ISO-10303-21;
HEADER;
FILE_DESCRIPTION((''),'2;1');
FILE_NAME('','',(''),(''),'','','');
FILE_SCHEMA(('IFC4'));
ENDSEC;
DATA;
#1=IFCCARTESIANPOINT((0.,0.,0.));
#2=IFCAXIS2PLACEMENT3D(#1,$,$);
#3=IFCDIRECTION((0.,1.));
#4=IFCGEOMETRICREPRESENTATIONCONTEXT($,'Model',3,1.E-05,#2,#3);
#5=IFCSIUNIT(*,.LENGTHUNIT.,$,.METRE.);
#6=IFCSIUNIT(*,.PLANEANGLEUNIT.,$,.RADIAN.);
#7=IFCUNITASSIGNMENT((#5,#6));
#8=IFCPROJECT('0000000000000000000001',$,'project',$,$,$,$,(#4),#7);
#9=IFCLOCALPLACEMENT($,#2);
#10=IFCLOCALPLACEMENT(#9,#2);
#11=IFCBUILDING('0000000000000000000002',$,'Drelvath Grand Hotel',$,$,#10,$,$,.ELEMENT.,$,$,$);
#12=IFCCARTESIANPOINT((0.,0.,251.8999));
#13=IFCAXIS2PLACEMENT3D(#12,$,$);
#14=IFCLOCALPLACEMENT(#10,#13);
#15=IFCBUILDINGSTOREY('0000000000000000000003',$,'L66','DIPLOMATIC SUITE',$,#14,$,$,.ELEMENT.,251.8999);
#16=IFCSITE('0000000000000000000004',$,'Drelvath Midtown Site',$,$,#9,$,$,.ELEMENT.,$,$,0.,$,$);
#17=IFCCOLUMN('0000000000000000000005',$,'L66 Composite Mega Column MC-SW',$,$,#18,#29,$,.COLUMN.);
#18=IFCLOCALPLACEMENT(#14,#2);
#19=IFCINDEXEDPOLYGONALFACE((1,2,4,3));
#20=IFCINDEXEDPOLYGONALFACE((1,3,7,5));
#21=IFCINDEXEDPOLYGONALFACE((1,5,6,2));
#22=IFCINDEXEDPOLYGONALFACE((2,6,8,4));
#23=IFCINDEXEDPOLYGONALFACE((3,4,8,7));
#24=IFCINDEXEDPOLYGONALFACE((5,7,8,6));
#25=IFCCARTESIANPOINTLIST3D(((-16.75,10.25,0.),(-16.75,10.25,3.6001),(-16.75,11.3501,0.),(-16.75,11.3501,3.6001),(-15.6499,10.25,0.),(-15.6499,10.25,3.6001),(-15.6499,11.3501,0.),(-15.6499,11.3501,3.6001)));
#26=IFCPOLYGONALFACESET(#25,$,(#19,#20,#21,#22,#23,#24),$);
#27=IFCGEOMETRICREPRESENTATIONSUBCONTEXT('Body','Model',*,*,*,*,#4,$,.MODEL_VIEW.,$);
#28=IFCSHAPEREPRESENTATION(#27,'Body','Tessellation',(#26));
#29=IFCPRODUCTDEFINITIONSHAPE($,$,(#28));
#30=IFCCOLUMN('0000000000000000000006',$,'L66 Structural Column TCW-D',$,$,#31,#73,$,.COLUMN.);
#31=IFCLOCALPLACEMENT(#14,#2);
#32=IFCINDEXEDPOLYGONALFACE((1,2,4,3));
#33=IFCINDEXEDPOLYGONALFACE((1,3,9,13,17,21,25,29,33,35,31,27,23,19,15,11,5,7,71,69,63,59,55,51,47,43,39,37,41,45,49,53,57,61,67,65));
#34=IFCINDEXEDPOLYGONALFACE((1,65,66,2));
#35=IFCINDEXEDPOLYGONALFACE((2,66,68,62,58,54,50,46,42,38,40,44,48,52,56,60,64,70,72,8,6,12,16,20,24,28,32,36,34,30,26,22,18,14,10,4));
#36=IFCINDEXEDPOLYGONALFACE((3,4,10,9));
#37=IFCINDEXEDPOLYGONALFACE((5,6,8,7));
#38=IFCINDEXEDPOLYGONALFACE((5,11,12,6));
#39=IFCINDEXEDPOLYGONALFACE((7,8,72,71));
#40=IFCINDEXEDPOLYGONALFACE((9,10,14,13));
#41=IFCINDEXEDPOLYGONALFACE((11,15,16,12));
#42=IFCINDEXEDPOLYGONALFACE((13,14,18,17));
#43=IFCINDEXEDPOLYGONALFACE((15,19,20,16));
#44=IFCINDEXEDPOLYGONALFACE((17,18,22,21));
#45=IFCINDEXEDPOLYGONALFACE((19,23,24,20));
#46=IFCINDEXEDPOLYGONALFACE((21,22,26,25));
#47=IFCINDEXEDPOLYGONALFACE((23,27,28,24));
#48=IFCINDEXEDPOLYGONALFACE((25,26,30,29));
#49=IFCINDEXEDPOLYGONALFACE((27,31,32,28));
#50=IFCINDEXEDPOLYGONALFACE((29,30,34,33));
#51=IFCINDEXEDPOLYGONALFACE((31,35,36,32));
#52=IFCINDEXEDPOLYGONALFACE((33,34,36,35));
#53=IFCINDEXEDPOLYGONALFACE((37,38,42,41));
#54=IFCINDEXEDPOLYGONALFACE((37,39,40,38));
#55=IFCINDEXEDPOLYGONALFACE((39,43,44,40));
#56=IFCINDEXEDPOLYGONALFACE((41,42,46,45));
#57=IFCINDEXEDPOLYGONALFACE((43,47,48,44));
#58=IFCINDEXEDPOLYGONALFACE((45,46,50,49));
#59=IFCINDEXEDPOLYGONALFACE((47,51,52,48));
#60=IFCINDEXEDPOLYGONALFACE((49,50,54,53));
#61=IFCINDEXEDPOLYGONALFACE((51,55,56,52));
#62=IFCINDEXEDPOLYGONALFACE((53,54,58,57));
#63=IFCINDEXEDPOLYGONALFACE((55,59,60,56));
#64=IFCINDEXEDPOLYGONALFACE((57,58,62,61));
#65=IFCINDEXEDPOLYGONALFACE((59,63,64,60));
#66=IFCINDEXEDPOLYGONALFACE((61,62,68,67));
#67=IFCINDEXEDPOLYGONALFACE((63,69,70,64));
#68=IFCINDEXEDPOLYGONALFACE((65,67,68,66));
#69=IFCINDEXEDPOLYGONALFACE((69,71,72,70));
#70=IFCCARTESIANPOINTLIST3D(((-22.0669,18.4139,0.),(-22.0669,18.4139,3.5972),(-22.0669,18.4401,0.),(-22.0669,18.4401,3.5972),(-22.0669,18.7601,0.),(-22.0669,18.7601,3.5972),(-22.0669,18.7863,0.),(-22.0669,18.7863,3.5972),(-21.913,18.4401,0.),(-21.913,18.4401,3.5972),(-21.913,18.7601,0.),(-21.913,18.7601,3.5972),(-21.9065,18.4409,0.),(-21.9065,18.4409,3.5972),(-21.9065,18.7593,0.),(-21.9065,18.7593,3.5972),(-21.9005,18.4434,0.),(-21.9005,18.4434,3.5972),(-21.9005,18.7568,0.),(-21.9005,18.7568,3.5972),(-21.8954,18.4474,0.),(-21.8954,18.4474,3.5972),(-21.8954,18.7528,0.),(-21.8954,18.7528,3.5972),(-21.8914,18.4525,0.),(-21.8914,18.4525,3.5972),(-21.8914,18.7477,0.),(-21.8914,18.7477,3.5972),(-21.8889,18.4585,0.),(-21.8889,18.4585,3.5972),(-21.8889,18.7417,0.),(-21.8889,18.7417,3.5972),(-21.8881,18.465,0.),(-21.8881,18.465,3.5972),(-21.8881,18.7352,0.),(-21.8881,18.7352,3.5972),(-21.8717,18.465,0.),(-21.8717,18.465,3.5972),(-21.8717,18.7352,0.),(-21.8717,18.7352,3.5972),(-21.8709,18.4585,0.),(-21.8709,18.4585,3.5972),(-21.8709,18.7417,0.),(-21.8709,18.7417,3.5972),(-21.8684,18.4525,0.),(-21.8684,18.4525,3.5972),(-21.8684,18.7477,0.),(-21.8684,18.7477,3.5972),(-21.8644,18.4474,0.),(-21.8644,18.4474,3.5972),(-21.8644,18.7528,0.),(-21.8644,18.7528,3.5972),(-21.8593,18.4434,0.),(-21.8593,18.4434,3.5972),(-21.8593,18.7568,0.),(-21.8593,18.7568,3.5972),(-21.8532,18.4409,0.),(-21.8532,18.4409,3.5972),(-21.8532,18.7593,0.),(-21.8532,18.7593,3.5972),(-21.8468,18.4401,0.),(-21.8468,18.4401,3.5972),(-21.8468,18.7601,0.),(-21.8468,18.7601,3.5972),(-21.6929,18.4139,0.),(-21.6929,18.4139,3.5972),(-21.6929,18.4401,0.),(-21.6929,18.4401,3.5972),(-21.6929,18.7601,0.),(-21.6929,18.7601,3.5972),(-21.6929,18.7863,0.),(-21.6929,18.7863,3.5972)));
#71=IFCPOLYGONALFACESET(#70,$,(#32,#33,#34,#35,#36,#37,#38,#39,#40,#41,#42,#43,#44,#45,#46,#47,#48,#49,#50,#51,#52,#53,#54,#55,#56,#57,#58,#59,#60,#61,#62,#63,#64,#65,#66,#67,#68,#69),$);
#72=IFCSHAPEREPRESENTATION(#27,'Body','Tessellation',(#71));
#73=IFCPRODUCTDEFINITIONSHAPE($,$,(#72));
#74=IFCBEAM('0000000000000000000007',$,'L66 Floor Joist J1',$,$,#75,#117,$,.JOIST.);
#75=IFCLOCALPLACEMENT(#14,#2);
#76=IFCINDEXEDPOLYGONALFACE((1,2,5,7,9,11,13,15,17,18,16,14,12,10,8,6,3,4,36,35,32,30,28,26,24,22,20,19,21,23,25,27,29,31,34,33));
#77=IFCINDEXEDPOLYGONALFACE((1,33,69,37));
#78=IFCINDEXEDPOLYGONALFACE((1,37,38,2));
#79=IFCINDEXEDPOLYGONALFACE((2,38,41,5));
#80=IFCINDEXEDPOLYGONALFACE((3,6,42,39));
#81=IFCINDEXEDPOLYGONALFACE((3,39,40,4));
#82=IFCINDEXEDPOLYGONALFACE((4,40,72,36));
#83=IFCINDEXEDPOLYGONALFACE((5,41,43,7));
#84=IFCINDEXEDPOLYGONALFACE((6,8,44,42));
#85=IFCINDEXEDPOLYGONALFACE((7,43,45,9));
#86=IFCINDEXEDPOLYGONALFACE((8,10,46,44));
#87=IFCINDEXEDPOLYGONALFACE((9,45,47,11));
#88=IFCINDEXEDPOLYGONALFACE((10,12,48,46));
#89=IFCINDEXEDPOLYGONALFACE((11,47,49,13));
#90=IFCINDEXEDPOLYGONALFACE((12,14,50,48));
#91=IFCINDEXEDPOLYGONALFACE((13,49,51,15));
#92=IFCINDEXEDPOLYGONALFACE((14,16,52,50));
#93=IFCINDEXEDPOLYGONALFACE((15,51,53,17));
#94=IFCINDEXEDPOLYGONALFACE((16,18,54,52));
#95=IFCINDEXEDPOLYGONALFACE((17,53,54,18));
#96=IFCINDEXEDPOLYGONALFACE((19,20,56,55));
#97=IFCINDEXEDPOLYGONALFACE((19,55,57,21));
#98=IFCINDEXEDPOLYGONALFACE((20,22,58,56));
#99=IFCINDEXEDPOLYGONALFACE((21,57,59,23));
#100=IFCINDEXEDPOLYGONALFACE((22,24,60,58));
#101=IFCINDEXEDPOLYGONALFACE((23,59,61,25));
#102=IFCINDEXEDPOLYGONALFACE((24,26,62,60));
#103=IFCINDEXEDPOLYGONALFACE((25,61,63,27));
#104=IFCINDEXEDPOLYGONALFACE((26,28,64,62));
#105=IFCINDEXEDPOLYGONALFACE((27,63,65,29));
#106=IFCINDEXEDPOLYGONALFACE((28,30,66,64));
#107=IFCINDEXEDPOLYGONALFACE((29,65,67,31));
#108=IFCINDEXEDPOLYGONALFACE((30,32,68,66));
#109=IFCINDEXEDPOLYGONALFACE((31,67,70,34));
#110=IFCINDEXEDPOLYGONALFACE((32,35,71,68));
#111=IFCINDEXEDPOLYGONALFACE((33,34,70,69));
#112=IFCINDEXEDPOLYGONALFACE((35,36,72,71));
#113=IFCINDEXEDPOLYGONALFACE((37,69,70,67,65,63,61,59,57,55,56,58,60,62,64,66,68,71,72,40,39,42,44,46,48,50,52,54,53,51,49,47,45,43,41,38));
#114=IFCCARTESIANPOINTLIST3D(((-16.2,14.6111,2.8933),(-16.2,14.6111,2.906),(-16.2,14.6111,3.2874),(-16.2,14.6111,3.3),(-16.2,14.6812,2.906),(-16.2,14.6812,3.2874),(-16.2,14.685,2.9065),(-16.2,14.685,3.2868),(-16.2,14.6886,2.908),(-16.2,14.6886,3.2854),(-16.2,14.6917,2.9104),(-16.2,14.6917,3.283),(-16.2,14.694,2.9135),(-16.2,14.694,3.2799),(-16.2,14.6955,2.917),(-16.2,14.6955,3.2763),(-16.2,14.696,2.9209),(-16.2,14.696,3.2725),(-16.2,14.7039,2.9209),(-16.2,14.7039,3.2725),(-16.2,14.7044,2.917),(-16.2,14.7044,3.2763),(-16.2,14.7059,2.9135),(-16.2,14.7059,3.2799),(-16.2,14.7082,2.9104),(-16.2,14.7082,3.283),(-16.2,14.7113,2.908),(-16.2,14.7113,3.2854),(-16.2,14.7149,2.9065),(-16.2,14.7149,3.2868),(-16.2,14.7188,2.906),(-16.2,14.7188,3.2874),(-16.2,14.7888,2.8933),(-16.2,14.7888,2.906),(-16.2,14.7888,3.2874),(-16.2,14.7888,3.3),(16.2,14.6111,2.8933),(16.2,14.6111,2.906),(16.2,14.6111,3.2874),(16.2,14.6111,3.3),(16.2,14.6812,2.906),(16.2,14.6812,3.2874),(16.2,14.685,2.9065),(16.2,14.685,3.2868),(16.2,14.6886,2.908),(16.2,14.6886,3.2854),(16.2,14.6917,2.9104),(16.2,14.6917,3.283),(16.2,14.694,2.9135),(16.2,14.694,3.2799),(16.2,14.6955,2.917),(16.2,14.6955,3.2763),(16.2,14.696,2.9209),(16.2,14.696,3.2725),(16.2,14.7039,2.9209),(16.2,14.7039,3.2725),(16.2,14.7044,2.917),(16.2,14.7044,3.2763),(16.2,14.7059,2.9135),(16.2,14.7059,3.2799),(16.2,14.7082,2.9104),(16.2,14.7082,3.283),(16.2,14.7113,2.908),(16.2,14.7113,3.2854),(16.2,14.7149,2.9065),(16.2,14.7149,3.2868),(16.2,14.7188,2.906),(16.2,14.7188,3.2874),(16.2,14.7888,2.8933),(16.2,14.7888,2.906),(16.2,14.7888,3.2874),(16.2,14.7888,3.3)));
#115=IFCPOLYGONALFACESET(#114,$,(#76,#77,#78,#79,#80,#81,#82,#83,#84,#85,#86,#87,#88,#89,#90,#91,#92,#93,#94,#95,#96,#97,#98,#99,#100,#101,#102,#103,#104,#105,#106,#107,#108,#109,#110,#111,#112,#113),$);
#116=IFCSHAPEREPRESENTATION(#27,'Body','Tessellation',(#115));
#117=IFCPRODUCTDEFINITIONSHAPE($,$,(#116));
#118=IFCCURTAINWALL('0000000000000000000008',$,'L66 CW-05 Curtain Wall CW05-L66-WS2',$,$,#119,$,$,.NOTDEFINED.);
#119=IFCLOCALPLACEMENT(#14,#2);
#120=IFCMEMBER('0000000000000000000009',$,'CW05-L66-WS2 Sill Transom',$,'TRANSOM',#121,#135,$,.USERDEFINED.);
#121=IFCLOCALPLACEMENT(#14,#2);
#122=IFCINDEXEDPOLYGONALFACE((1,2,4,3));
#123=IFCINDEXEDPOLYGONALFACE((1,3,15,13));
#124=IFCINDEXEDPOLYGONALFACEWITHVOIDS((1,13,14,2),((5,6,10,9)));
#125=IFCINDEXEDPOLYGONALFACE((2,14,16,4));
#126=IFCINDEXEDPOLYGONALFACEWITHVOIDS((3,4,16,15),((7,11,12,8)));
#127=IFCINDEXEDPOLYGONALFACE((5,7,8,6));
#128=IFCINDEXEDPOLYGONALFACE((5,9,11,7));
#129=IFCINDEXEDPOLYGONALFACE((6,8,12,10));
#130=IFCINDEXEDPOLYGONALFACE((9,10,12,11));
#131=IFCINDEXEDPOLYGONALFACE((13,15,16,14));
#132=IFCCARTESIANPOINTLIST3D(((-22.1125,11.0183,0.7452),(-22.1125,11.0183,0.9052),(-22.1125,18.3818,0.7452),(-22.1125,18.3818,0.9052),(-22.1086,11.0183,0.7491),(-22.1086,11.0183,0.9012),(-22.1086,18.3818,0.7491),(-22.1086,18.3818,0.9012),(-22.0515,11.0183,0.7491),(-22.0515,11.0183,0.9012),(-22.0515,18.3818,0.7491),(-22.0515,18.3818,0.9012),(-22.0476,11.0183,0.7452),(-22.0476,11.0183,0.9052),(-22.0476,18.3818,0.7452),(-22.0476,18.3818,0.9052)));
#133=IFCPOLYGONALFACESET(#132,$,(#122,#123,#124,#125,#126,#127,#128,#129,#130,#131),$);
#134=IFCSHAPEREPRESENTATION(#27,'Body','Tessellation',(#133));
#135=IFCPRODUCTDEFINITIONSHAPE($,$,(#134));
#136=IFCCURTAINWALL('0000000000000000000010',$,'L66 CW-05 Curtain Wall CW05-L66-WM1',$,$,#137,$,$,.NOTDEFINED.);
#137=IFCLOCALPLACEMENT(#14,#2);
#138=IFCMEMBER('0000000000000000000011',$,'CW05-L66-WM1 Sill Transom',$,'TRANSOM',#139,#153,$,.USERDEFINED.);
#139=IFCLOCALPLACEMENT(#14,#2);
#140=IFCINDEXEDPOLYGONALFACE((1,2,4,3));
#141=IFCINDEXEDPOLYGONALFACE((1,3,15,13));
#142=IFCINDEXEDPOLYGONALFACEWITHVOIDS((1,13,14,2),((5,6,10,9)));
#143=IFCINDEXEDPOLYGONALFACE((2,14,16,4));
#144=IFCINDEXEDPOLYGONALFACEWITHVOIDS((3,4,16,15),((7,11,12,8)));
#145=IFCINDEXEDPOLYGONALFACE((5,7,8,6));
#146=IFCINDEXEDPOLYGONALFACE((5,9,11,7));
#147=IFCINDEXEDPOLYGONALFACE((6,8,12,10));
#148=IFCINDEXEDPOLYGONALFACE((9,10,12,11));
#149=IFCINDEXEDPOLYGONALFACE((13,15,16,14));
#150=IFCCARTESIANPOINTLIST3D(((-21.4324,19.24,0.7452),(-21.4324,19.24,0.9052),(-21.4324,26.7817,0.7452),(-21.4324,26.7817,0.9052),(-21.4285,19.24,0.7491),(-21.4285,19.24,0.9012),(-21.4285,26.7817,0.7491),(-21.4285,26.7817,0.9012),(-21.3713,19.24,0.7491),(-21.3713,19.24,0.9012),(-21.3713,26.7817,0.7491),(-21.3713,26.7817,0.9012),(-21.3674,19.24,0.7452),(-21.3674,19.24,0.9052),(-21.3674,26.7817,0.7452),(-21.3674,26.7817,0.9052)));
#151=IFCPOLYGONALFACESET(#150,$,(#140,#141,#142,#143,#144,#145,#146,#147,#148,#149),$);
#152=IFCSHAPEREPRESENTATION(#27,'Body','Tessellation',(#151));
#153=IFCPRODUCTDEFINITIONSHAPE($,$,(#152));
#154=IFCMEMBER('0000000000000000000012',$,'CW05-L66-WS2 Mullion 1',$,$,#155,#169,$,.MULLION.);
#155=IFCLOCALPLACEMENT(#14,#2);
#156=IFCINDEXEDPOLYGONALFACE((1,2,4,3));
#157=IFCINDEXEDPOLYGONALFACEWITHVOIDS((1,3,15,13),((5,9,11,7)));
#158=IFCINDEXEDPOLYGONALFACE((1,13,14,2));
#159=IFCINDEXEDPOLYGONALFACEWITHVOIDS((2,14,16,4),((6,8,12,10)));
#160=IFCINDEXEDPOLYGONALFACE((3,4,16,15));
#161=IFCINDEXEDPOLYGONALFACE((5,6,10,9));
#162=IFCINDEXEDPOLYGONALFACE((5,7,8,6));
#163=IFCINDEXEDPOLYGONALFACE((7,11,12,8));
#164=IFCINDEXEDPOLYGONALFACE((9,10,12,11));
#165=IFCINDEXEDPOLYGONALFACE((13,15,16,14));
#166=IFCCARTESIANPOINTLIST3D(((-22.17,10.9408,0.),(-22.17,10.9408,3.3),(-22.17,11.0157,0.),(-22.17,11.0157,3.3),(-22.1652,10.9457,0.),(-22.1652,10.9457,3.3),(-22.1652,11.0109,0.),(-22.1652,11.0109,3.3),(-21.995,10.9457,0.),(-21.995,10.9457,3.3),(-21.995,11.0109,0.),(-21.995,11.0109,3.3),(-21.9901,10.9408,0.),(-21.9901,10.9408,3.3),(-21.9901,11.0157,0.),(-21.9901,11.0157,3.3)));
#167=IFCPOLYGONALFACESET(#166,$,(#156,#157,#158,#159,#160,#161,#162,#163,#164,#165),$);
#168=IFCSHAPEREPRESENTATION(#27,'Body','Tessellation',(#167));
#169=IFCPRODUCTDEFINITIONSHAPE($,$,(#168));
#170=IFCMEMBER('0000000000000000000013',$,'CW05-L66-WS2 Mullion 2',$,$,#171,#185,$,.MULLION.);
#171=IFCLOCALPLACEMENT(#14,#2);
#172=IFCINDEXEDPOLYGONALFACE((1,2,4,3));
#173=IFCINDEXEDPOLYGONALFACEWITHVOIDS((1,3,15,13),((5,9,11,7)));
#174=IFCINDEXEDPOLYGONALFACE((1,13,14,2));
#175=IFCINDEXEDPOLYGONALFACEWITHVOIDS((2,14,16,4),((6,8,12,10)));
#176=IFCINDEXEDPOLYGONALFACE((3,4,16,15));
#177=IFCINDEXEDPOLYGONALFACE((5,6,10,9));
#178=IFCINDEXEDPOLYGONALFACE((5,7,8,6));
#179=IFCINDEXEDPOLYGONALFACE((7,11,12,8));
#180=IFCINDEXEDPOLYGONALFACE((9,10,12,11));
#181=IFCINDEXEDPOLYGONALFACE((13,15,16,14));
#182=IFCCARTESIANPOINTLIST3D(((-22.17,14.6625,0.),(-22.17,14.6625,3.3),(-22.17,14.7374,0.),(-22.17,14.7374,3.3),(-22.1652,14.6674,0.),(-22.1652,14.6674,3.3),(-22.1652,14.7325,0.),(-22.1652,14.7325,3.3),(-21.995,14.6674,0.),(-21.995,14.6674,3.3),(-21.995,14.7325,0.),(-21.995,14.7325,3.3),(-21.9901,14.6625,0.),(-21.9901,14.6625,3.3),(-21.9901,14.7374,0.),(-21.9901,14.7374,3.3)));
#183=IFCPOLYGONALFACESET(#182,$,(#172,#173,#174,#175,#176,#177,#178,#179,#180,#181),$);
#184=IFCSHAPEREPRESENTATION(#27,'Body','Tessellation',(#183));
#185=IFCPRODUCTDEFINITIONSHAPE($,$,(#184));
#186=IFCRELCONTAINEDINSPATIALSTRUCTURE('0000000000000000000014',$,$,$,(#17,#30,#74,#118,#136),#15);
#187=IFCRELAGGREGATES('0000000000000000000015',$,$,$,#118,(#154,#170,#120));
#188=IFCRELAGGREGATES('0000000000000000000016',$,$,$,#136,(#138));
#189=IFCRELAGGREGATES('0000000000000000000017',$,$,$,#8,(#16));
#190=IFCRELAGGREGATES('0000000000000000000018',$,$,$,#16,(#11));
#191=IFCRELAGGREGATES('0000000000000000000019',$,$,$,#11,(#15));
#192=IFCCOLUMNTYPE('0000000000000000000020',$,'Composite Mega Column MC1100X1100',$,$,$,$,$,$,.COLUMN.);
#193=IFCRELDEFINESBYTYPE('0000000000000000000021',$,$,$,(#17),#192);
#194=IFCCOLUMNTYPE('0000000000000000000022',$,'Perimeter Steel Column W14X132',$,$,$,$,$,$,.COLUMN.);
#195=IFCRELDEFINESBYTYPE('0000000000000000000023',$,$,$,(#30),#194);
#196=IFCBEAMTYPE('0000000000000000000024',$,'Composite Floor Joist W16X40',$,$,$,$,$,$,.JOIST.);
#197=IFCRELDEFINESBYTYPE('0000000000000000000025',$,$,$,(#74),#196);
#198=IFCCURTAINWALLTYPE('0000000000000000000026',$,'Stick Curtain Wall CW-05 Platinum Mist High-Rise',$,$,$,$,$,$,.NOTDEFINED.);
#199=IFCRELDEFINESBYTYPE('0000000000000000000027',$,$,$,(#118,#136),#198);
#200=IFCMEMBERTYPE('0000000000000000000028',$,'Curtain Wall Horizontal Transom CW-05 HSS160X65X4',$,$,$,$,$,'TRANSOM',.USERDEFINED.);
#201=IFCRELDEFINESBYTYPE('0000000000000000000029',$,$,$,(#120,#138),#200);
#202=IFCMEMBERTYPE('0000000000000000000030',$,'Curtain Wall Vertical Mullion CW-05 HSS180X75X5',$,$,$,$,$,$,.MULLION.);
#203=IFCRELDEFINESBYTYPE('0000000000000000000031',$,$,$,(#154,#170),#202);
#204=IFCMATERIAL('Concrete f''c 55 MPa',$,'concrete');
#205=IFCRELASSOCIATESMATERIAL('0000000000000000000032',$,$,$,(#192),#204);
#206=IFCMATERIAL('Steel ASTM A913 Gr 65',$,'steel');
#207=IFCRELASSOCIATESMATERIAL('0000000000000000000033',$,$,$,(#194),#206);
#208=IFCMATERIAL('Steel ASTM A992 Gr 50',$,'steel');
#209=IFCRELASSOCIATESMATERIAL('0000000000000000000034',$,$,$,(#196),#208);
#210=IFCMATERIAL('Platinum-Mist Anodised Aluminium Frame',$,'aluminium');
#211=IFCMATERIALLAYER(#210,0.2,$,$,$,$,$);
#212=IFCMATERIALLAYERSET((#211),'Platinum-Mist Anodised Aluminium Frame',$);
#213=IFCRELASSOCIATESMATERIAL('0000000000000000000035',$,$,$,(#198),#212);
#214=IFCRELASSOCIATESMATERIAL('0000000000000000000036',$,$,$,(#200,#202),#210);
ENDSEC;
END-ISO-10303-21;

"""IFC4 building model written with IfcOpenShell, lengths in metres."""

from ifc_helpers import new_model, si_unit, direction, frame, origin, origin_2d, place, context, subcontext, project, spatial, rectangle, hollow_rectangle, i_section, extrude, material, layer, layer_set, material_profile, profile_set, type_object, element, aggregate, save


model = new_model("IFC4")

# Units and contexts
model_context = context("Model", 3, precision=1e-05, world=origin(), true_north=direction((0.0, 1.0)))
body_context = subcontext(model_context, "Body", "Model", "MODEL_VIEW")
ifc_project = project(units=[si_unit("LENGTHUNIT", "METRE"), si_unit("PLANEANGLEUNIT", "RADIAN")], contexts=[model_context])

# Site, building, storey
site_placement = place(None, origin())
site = spatial("IfcSite", under=ifc_project, at=site_placement, Name="Drelvath Midtown Site", CompositionType="ELEMENT", RefElevation=0.0)
building_placement = place(site_placement, origin())
building = spatial("IfcBuilding", under=site, at=building_placement, Name="Drelvath Grand Hotel", CompositionType="ELEMENT")
storey_placement = place(building_placement, frame((0.0, 0.0, 251.8999)))
storey = spatial("IfcBuildingStorey", under=building, at=storey_placement, Name="L66", Description="DIPLOMATIC SUITE", CompositionType="ELEMENT", Elevation=251.8999)

# Columns
ifc_material_1 = material(Name="Concrete f'c 55 MPa", Category="concrete")
ifc_material_profile_1 = material_profile(ifc_material_1, rectangle(XDim=1.1001, YDim=1.1001, at=origin_2d()), Name="MC1100X1100")
ifc_profile_set_1 = profile_set([ifc_material_profile_1], Name="Concrete f'c 55 MPa")
column_type_1 = type_object("IfcColumnType", Name="Composite Mega Column MC1100X1100", PredefinedType="COLUMN", material=ifc_profile_set_1)
column_1_placement = place(storey_placement, frame((-16.2, 10.8, 0.0), z_axis=(0.0, 0.0, 1.0), x_axis=(1.0, 0.0, 0.0)))
element("IfcColumn", 1, at=column_1_placement, inside=storey, type_object=column_type_1, Name="L66 Composite Mega Column MC-SW", PredefinedType="COLUMN", context=body_context, shape_type="SweptSolid", body=[
    extrude(rectangle(XDim=1.1001, YDim=1.1001, at=origin_2d()), origin(), (0.0, 0.0, 1.0), 3.6001),
])
ifc_material_2 = material(Name="Steel ASTM A913 Gr 65", Category="steel")
ifc_material_profile_2 = material_profile(ifc_material_2, i_section(OverallWidth=0.374, OverallDepth=0.3723, WebThickness=0.0164, FlangeThickness=0.0261, FilletRadius=0.0249, at=origin_2d()), Name="W14X132")
ifc_profile_set_2 = profile_set([ifc_material_profile_2], Name="Steel ASTM A913 Gr 65")
column_type_2 = type_object("IfcColumnType", Name="Perimeter Steel Column W14X132", PredefinedType="COLUMN", material=ifc_profile_set_2)
column_2_placement = place(storey_placement, frame((-21.8799, 18.6001, 0.0), z_axis=(0.0, 0.0, 1.0), x_axis=(1.0, 0.0, 0.0)))
element("IfcColumn", 2, at=column_2_placement, inside=storey, type_object=column_type_2, Name="L66 Structural Column TCW-D", PredefinedType="COLUMN", context=body_context, shape_type="SweptSolid", body=[
    extrude(i_section(OverallWidth=0.374, OverallDepth=0.3723, WebThickness=0.0164, FlangeThickness=0.0261, FilletRadius=0.0249, at=origin_2d()), origin(), (0.0, 0.0, 1.0), 3.5972),
])

# Beam
ifc_material_3 = material(Name="Steel ASTM A992 Gr 50", Category="steel")
ifc_material_profile_3 = material_profile(ifc_material_3, i_section(OverallWidth=0.1777, OverallDepth=0.4067, WebThickness=0.0078, FlangeThickness=0.0127, FilletRadius=0.0149, at=origin_2d()), Name="W16X40")
ifc_profile_set_3 = profile_set([ifc_material_profile_3], Name="Steel ASTM A992 Gr 50")
beam_type_1 = type_object("IfcBeamType", Name="Composite Floor Joist W16X40", PredefinedType="JOIST", material=ifc_profile_set_3)
beam_1_placement = place(storey_placement, frame((-16.2, 14.7, 3.0967), z_axis=(1.0, 0.0, 0.0), x_axis=(0.0, 1.0, 0.0)))
element("IfcBeam", 3, at=beam_1_placement, inside=storey, type_object=beam_type_1, Name="L66 Floor Joist J1", PredefinedType="JOIST", context=body_context, shape_type="SweptSolid", body=[
    extrude(i_section(OverallWidth=0.1777, OverallDepth=0.4067, WebThickness=0.0078, FlangeThickness=0.0127, FilletRadius=0.0149, at=origin_2d()), origin(), (0.0, 0.0, 1.0), 32.3999),
])

# Curtain walls, members
ifc_material_4 = material(Name="Platinum-Mist Anodised Aluminium Frame", Category="aluminium")
ifc_layer_1 = layer(ifc_material_4, 0.2)
ifc_layer_set_1 = layer_set([ifc_layer_1], Name="Platinum-Mist Anodised Aluminium Frame")
curtain_wall_type = type_object("IfcCurtainWallType", Name="Stick Curtain Wall CW-05 Platinum Mist High-Rise", PredefinedType="NOTDEFINED", material=ifc_layer_set_1)
curtain_wall_1_placement = place(storey_placement, origin())
curtain_wall_1 = element("IfcCurtainWall", 4, at=curtain_wall_1_placement, inside=storey, type_object=curtain_wall_type, Name="L66 CW-05 Curtain Wall CW05-L66-WS2", PredefinedType="NOTDEFINED")
ifc_material_profile_4 = material_profile(ifc_material_4, hollow_rectangle(XDim=0.0649, YDim=0.1599, WallThickness=0.0039, at=origin_2d()), Name="HSS160X65X4")
ifc_profile_set_4 = profile_set([ifc_material_profile_4], Name="Platinum-Mist Anodised Aluminium Frame")
member_type_1 = type_object("IfcMemberType", Name="Curtain Wall Horizontal Transom CW-05 HSS160X65X4", ElementType="TRANSOM", PredefinedType="USERDEFINED", material=ifc_profile_set_4)
member_1_placement = place(storey_placement, frame((-22.0801, 11.0183, 0.8252), z_axis=(0.0, 1.0, 0.0), x_axis=(-1.0, 0.0, 0.0)))
member_1 = element("IfcMember", 5, at=member_1_placement, type_object=member_type_1, Name="CW05-L66-WS2 Sill Transom", ObjectType="TRANSOM", PredefinedType="USERDEFINED", context=body_context, shape_type="SweptSolid", body=[
    extrude(hollow_rectangle(XDim=0.0649, YDim=0.1599, WallThickness=0.0039, at=origin_2d()), origin(), (0.0, 0.0, 1.0), 7.3635),
])
curtain_wall_2_placement = place(storey_placement, origin())
curtain_wall_2 = element("IfcCurtainWall", 6, at=curtain_wall_2_placement, inside=storey, type_object=curtain_wall_type, Name="L66 CW-05 Curtain Wall CW05-L66-WM1", PredefinedType="NOTDEFINED")
member_2_placement = place(storey_placement, frame((-21.3999, 19.24, 0.8252), z_axis=(0.0, 1.0, 0.0), x_axis=(-1.0, 0.0, 0.0)))
member_2 = element("IfcMember", 7, at=member_2_placement, type_object=member_type_1, Name="CW05-L66-WM1 Sill Transom", ObjectType="TRANSOM", PredefinedType="USERDEFINED", context=body_context, shape_type="SweptSolid", body=[
    extrude(hollow_rectangle(XDim=0.0649, YDim=0.1599, WallThickness=0.0039, at=origin_2d()), origin(), (0.0, 0.0, 1.0), 7.5417),
])

# Members
ifc_material_profile_5 = material_profile(ifc_material_4, hollow_rectangle(XDim=0.075, YDim=0.1799, WallThickness=0.0049, at=origin_2d()), Name="HSS180X75X5")
ifc_profile_set_5 = profile_set([ifc_material_profile_5], Name="Platinum-Mist Anodised Aluminium Frame")
member_type_2 = type_object("IfcMemberType", Name="Curtain Wall Vertical Mullion CW-05 HSS180X75X5", PredefinedType="MULLION", material=ifc_profile_set_5)
member_3_placement = place(storey_placement, frame((-22.0801, 10.9783, 0.0), z_axis=(0.0, 0.0, 1.0), x_axis=(0.0, 1.0, 0.0)))
member_3 = element("IfcMember", 8, at=member_3_placement, type_object=member_type_2, Name="CW05-L66-WS2 Mullion 1", PredefinedType="MULLION", context=body_context, shape_type="SweptSolid", body=[
    extrude(hollow_rectangle(XDim=0.075, YDim=0.1799, WallThickness=0.0049, at=origin_2d()), origin(), (0.0, 0.0, 1.0), 3.3),
])
member_4_placement = place(storey_placement, frame((-22.0801, 14.7, 0.0), z_axis=(0.0, 0.0, 1.0), x_axis=(0.0, 1.0, 0.0)))
member_4 = element("IfcMember", 9, at=member_4_placement, type_object=member_type_2, Name="CW05-L66-WS2 Mullion 2", PredefinedType="MULLION", context=body_context, shape_type="SweptSolid", body=[
    extrude(hollow_rectangle(XDim=0.075, YDim=0.1799, WallThickness=0.0049, at=origin_2d()), origin(), (0.0, 0.0, 1.0), 3.3),
])

aggregate(curtain_wall_1, [member_3, member_4, member_1])
aggregate(curtain_wall_2, [member_2])

save(model, "model.ifc")
